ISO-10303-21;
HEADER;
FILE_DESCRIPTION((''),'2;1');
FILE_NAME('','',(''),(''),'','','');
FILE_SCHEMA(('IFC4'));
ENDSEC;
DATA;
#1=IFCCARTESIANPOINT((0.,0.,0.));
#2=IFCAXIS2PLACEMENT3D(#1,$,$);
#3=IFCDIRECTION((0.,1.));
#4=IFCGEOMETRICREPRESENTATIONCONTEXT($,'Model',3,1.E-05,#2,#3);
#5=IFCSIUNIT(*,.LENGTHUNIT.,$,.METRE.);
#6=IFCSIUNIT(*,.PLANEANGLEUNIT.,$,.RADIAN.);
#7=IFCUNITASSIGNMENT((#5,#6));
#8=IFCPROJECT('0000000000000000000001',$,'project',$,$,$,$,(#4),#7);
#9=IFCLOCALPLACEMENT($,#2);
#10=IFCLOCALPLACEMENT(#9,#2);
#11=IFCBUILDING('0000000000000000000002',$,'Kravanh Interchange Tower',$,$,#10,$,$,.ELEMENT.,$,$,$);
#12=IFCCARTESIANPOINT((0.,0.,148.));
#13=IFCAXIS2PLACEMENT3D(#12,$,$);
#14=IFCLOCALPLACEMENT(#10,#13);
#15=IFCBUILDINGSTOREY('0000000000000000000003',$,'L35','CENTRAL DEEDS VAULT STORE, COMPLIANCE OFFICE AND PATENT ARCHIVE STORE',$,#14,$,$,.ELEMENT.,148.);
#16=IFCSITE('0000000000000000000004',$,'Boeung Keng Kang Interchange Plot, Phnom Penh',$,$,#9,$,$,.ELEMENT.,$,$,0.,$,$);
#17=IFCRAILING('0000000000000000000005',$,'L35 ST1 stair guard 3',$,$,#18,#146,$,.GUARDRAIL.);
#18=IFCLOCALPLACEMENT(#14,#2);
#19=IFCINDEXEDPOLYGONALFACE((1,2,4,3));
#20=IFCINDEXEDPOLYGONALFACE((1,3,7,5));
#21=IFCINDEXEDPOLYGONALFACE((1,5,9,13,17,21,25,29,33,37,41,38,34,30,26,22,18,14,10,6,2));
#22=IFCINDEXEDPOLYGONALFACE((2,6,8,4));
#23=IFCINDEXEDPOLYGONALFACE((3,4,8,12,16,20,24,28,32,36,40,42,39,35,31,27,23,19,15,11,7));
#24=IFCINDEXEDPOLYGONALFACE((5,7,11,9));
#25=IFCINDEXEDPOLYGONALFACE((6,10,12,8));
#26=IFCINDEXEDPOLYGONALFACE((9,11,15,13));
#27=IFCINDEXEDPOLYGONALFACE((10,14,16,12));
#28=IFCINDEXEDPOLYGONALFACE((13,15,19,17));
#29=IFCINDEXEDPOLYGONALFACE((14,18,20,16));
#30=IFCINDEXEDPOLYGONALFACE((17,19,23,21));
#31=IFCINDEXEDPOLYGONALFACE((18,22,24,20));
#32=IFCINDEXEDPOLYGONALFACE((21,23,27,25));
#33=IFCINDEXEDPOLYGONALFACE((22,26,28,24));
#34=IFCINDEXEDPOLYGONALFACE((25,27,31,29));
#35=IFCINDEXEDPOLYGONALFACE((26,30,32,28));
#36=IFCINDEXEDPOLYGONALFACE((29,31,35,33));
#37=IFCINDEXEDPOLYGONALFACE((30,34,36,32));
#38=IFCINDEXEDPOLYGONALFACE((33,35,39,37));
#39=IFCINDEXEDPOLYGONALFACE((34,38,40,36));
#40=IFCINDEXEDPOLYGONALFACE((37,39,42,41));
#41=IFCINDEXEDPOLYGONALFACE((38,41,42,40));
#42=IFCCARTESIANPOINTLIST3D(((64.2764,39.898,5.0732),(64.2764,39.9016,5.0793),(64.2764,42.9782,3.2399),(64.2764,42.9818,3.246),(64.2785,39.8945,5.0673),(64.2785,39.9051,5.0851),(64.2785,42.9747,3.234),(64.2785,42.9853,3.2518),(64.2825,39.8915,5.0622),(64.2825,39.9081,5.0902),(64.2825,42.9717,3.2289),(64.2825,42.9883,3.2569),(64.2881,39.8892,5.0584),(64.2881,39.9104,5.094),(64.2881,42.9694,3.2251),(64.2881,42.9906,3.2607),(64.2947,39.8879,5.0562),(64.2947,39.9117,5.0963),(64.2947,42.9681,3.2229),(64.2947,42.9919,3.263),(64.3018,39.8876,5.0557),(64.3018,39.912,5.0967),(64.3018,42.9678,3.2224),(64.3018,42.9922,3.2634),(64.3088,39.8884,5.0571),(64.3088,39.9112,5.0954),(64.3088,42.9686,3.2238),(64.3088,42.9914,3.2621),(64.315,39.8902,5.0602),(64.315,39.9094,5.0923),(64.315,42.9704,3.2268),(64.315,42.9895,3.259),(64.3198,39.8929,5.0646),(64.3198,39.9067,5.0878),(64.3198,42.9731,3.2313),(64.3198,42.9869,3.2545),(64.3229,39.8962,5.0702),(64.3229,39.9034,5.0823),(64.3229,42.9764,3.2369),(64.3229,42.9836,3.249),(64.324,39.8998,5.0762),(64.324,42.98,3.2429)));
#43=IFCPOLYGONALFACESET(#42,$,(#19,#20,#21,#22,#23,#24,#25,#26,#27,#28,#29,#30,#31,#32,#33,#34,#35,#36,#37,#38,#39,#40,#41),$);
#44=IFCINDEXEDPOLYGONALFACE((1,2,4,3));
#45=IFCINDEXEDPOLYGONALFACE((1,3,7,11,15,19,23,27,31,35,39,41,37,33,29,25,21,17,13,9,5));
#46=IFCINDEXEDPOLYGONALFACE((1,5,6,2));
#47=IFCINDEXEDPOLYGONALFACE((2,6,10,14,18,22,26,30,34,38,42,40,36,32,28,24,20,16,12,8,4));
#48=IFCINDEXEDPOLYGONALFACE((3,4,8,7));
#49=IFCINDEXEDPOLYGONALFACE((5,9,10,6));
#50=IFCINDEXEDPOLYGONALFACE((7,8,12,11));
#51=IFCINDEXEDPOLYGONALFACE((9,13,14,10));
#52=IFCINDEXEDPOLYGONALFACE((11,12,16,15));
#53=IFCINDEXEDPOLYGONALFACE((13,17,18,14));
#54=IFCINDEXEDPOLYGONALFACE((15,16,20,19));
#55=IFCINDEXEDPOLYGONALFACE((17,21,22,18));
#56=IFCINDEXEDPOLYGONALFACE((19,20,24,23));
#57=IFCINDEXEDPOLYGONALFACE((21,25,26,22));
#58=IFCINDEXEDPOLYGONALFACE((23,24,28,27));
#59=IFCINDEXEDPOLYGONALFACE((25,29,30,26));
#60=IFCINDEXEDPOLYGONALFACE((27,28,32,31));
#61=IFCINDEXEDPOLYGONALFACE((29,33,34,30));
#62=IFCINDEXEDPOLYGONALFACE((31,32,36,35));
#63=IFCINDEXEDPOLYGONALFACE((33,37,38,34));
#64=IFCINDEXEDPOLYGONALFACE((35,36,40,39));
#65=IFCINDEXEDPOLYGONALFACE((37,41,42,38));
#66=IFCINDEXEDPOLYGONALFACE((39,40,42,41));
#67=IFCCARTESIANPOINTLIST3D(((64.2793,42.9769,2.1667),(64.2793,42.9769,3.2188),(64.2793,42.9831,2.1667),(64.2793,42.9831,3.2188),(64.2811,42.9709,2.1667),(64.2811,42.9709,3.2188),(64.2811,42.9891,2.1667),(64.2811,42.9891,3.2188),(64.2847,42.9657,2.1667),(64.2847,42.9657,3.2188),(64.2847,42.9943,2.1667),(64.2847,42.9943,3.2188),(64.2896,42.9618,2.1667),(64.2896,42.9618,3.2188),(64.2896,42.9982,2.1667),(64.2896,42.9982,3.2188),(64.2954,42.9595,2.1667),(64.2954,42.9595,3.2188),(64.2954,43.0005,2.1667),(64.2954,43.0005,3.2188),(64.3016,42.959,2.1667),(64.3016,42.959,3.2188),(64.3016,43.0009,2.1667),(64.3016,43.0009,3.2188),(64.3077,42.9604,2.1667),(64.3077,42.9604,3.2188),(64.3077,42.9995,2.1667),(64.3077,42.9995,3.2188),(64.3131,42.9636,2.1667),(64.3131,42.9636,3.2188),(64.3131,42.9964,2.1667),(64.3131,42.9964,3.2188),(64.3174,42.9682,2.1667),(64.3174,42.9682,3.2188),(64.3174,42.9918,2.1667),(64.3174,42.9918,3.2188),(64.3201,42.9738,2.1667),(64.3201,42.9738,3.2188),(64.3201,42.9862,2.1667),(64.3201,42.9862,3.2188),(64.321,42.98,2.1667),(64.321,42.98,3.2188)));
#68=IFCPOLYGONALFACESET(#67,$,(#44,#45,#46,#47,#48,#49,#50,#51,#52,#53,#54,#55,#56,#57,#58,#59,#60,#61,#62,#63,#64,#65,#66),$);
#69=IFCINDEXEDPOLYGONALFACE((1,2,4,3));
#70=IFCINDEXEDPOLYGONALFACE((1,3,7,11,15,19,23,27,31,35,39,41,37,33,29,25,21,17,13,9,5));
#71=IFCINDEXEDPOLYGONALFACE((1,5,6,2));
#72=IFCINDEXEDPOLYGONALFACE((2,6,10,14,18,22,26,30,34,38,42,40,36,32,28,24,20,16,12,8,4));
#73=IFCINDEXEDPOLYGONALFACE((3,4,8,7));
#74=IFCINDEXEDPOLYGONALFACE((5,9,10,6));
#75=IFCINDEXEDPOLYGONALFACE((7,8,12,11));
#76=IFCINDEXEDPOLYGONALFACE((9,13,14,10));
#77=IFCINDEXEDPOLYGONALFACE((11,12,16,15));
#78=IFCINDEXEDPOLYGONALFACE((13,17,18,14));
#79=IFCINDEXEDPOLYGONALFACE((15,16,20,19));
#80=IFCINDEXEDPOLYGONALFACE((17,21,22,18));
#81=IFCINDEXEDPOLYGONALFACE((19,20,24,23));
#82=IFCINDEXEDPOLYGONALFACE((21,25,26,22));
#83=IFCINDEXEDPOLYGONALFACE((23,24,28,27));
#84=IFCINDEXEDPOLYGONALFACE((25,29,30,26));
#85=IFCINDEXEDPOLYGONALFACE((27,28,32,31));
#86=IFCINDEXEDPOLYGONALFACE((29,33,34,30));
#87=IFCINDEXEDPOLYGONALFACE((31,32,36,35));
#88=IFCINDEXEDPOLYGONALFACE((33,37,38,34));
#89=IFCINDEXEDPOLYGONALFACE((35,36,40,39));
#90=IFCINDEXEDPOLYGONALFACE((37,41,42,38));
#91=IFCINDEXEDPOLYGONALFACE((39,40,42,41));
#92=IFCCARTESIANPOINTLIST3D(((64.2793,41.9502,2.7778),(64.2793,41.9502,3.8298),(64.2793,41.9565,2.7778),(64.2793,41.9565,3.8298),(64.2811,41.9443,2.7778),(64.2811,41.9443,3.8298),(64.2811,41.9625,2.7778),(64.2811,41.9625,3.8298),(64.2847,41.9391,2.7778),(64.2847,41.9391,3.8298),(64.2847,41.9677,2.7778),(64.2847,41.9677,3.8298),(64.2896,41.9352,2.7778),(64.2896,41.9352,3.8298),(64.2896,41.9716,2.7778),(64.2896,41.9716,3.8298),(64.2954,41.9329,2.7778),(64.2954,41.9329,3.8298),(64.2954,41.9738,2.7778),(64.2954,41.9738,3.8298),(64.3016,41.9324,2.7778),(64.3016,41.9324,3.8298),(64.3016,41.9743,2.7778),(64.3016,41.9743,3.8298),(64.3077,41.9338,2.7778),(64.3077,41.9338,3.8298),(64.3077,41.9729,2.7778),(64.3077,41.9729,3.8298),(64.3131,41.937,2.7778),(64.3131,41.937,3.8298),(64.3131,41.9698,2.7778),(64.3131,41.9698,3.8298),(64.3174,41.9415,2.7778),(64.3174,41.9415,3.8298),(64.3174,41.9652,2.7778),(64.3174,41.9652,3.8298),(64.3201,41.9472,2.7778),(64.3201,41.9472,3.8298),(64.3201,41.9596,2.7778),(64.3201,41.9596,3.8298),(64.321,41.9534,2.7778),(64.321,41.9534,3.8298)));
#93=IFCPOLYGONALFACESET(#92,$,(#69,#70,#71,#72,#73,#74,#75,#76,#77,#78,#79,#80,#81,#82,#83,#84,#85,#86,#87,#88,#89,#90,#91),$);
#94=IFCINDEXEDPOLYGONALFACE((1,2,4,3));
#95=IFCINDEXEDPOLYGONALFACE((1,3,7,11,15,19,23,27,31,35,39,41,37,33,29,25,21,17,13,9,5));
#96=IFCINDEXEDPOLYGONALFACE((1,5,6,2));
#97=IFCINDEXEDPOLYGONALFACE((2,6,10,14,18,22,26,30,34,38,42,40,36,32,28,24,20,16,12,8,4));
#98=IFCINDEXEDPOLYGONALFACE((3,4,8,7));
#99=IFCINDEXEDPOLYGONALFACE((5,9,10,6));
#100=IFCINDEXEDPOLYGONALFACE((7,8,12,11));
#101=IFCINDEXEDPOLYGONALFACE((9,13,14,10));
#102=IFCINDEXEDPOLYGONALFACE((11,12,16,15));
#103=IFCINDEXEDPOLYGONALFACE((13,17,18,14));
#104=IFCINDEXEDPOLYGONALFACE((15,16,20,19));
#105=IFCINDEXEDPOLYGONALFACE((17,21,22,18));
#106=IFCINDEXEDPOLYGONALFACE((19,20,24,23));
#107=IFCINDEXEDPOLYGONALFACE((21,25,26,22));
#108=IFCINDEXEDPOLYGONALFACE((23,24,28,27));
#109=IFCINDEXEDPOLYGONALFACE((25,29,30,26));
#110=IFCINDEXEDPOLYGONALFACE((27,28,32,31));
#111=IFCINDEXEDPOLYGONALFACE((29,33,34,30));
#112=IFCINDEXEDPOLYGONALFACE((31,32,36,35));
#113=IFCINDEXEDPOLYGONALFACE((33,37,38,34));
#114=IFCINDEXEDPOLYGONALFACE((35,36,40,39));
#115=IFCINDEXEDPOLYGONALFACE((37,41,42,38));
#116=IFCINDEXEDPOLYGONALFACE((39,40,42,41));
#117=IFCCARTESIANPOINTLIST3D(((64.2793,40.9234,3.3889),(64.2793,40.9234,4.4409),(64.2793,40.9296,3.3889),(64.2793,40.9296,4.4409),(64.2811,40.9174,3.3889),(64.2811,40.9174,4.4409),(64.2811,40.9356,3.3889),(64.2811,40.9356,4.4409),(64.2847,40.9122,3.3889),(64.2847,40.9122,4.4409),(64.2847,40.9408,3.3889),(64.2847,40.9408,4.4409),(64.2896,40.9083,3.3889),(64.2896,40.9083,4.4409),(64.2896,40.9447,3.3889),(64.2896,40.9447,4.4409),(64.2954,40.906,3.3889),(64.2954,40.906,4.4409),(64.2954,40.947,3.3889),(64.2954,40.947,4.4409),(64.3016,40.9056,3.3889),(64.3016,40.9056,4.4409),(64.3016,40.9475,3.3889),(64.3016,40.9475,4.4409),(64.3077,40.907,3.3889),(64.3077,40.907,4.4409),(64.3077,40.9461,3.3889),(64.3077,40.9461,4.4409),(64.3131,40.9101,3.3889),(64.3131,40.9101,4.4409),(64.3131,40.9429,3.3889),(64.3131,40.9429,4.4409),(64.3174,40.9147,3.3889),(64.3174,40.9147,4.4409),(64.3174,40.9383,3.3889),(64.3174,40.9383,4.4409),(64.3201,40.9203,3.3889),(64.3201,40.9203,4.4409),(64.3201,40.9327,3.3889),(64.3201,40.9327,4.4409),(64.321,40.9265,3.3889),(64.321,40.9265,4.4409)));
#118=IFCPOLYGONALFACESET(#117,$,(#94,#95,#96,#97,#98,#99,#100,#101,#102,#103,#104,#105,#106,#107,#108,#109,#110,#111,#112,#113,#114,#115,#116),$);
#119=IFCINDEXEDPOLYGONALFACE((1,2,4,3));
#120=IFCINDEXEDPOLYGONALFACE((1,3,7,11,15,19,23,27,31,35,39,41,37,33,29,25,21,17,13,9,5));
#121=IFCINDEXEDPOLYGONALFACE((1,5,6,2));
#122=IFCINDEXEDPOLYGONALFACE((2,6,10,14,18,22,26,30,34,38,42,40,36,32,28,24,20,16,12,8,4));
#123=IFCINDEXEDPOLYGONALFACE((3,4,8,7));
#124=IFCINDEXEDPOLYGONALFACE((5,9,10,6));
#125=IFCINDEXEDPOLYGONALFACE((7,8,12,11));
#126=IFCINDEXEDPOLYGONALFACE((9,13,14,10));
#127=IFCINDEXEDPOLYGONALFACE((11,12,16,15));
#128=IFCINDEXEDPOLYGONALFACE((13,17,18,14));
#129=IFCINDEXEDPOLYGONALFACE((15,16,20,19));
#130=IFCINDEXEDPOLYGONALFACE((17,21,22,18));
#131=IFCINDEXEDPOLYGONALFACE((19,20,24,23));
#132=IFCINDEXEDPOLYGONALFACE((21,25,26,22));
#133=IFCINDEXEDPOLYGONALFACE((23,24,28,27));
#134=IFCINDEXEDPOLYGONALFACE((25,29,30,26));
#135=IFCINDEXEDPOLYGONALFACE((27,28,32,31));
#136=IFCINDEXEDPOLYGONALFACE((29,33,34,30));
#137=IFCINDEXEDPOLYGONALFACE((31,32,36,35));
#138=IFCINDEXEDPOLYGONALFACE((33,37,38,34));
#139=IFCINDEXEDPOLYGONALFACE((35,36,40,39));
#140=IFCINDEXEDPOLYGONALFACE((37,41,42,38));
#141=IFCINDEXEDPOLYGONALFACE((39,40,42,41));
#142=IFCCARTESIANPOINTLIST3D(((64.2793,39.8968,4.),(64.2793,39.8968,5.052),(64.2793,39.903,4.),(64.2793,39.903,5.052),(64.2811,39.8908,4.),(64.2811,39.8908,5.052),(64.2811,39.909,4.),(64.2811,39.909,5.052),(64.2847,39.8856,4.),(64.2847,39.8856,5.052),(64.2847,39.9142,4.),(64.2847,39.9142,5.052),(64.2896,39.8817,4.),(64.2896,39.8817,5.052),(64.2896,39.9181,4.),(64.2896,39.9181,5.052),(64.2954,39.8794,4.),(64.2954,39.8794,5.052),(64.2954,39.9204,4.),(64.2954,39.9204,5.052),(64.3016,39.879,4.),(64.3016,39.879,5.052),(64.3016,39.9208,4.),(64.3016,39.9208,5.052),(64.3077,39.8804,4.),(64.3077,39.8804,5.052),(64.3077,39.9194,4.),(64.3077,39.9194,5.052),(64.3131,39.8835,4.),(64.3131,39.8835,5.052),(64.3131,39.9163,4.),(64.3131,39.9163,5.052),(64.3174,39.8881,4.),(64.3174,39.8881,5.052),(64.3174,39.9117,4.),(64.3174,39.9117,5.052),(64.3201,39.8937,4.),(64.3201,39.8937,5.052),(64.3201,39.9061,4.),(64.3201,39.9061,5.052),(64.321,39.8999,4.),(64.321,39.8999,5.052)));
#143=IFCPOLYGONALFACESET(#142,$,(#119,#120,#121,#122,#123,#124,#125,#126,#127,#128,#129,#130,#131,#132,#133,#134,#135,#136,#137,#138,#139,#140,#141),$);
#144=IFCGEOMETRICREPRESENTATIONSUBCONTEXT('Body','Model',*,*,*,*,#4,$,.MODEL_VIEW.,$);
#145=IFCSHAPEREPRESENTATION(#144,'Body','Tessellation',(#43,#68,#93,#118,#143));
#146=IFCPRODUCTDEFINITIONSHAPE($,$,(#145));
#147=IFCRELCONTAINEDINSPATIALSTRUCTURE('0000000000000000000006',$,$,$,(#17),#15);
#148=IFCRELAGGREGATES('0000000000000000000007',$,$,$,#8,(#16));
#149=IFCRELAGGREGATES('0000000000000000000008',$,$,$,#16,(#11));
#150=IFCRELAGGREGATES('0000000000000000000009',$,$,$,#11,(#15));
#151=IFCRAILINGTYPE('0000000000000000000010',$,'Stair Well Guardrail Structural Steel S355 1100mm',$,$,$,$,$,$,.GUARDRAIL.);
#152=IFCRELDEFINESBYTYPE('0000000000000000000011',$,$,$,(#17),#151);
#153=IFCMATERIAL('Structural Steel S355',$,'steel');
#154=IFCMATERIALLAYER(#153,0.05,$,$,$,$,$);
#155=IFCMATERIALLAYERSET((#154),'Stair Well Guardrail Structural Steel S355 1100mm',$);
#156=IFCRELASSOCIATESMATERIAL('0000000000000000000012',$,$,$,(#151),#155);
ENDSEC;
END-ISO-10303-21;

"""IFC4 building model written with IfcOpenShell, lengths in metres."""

from ifc_helpers import new_model, si_unit, direction, frame, origin, origin_2d, place, context, subcontext, project, spatial, circle, extrude, material, layer, layer_set, type_object, element, save


model = new_model("IFC4")

# Units and contexts
model_context = context("Model", 3, precision=1e-05, world=origin(), true_north=direction((0.0, 1.0)))
body_context = subcontext(model_context, "Body", "Model", "MODEL_VIEW")
ifc_project = project(units=[si_unit("LENGTHUNIT", "METRE"), si_unit("PLANEANGLEUNIT", "RADIAN")], contexts=[model_context])

# Site, building, storey
site_placement = place(None, origin())
site = spatial("IfcSite", under=ifc_project, at=site_placement, Name="Boeung Keng Kang Interchange Plot, Phnom Penh", CompositionType="ELEMENT", RefElevation=0.0)
building_placement = place(site_placement, origin())
building = spatial("IfcBuilding", under=site, at=building_placement, Name="Kravanh Interchange Tower", CompositionType="ELEMENT")
storey_placement = place(building_placement, frame((0.0, 0.0, 148.0)))
storey = spatial("IfcBuildingStorey", under=building, at=storey_placement, Name="L35", Description="CENTRAL DEEDS VAULT STORE, COMPLIANCE OFFICE AND PATENT ARCHIVE STORE", CompositionType="ELEMENT", Elevation=148.0)

# Railing
ifc_material_1 = material(Name="Structural Steel S355", Category="steel")
ifc_layer_1 = layer(ifc_material_1, 0.05)
ifc_layer_set_1 = layer_set([ifc_layer_1], Name="Stair Well Guardrail Structural Steel S355 1100mm")
railing_type_1 = type_object("IfcRailingType", Name="Stair Well Guardrail Structural Steel S355 1100mm", PredefinedType="GUARDRAIL", material=ifc_layer_set_1)
railing_1_placement = place(storey_placement, frame((64.3, 42.98, 2.1667)))
element("IfcRailing", 1, at=railing_1_placement, inside=storey, type_object=railing_type_1, Name="L35 ST1 stair guard 3", PredefinedType="GUARDRAIL", context=body_context, shape_type="SweptSolid", body=[
    extrude(circle(Radius=0.0239, at=origin_2d()), frame((0.0, 0.0, 1.0762), z_axis=(0.0, -0.859309, 0.511458), x_axis=(1.0, 0.0, 0.0)), (0.0, 0.0, 1.0), 3.5845),
    extrude(circle(Radius=0.021, at=origin_2d()), origin(), (0.0, 0.0, 1.0), 1.052),
    extrude(circle(Radius=0.021, at=origin_2d()), frame((0.0, -1.0266, 0.6111)), (0.0, 0.0, 1.0), 1.052),
    extrude(circle(Radius=0.021, at=origin_2d()), frame((0.0, -2.0535, 1.2222)), (0.0, 0.0, 1.0), 1.052),
    extrude(circle(Radius=0.021, at=origin_2d()), frame((0.0, -3.0801, 1.8333)), (0.0, 0.0, 1.0), 1.052),
])

save(model, "model.ifc")
